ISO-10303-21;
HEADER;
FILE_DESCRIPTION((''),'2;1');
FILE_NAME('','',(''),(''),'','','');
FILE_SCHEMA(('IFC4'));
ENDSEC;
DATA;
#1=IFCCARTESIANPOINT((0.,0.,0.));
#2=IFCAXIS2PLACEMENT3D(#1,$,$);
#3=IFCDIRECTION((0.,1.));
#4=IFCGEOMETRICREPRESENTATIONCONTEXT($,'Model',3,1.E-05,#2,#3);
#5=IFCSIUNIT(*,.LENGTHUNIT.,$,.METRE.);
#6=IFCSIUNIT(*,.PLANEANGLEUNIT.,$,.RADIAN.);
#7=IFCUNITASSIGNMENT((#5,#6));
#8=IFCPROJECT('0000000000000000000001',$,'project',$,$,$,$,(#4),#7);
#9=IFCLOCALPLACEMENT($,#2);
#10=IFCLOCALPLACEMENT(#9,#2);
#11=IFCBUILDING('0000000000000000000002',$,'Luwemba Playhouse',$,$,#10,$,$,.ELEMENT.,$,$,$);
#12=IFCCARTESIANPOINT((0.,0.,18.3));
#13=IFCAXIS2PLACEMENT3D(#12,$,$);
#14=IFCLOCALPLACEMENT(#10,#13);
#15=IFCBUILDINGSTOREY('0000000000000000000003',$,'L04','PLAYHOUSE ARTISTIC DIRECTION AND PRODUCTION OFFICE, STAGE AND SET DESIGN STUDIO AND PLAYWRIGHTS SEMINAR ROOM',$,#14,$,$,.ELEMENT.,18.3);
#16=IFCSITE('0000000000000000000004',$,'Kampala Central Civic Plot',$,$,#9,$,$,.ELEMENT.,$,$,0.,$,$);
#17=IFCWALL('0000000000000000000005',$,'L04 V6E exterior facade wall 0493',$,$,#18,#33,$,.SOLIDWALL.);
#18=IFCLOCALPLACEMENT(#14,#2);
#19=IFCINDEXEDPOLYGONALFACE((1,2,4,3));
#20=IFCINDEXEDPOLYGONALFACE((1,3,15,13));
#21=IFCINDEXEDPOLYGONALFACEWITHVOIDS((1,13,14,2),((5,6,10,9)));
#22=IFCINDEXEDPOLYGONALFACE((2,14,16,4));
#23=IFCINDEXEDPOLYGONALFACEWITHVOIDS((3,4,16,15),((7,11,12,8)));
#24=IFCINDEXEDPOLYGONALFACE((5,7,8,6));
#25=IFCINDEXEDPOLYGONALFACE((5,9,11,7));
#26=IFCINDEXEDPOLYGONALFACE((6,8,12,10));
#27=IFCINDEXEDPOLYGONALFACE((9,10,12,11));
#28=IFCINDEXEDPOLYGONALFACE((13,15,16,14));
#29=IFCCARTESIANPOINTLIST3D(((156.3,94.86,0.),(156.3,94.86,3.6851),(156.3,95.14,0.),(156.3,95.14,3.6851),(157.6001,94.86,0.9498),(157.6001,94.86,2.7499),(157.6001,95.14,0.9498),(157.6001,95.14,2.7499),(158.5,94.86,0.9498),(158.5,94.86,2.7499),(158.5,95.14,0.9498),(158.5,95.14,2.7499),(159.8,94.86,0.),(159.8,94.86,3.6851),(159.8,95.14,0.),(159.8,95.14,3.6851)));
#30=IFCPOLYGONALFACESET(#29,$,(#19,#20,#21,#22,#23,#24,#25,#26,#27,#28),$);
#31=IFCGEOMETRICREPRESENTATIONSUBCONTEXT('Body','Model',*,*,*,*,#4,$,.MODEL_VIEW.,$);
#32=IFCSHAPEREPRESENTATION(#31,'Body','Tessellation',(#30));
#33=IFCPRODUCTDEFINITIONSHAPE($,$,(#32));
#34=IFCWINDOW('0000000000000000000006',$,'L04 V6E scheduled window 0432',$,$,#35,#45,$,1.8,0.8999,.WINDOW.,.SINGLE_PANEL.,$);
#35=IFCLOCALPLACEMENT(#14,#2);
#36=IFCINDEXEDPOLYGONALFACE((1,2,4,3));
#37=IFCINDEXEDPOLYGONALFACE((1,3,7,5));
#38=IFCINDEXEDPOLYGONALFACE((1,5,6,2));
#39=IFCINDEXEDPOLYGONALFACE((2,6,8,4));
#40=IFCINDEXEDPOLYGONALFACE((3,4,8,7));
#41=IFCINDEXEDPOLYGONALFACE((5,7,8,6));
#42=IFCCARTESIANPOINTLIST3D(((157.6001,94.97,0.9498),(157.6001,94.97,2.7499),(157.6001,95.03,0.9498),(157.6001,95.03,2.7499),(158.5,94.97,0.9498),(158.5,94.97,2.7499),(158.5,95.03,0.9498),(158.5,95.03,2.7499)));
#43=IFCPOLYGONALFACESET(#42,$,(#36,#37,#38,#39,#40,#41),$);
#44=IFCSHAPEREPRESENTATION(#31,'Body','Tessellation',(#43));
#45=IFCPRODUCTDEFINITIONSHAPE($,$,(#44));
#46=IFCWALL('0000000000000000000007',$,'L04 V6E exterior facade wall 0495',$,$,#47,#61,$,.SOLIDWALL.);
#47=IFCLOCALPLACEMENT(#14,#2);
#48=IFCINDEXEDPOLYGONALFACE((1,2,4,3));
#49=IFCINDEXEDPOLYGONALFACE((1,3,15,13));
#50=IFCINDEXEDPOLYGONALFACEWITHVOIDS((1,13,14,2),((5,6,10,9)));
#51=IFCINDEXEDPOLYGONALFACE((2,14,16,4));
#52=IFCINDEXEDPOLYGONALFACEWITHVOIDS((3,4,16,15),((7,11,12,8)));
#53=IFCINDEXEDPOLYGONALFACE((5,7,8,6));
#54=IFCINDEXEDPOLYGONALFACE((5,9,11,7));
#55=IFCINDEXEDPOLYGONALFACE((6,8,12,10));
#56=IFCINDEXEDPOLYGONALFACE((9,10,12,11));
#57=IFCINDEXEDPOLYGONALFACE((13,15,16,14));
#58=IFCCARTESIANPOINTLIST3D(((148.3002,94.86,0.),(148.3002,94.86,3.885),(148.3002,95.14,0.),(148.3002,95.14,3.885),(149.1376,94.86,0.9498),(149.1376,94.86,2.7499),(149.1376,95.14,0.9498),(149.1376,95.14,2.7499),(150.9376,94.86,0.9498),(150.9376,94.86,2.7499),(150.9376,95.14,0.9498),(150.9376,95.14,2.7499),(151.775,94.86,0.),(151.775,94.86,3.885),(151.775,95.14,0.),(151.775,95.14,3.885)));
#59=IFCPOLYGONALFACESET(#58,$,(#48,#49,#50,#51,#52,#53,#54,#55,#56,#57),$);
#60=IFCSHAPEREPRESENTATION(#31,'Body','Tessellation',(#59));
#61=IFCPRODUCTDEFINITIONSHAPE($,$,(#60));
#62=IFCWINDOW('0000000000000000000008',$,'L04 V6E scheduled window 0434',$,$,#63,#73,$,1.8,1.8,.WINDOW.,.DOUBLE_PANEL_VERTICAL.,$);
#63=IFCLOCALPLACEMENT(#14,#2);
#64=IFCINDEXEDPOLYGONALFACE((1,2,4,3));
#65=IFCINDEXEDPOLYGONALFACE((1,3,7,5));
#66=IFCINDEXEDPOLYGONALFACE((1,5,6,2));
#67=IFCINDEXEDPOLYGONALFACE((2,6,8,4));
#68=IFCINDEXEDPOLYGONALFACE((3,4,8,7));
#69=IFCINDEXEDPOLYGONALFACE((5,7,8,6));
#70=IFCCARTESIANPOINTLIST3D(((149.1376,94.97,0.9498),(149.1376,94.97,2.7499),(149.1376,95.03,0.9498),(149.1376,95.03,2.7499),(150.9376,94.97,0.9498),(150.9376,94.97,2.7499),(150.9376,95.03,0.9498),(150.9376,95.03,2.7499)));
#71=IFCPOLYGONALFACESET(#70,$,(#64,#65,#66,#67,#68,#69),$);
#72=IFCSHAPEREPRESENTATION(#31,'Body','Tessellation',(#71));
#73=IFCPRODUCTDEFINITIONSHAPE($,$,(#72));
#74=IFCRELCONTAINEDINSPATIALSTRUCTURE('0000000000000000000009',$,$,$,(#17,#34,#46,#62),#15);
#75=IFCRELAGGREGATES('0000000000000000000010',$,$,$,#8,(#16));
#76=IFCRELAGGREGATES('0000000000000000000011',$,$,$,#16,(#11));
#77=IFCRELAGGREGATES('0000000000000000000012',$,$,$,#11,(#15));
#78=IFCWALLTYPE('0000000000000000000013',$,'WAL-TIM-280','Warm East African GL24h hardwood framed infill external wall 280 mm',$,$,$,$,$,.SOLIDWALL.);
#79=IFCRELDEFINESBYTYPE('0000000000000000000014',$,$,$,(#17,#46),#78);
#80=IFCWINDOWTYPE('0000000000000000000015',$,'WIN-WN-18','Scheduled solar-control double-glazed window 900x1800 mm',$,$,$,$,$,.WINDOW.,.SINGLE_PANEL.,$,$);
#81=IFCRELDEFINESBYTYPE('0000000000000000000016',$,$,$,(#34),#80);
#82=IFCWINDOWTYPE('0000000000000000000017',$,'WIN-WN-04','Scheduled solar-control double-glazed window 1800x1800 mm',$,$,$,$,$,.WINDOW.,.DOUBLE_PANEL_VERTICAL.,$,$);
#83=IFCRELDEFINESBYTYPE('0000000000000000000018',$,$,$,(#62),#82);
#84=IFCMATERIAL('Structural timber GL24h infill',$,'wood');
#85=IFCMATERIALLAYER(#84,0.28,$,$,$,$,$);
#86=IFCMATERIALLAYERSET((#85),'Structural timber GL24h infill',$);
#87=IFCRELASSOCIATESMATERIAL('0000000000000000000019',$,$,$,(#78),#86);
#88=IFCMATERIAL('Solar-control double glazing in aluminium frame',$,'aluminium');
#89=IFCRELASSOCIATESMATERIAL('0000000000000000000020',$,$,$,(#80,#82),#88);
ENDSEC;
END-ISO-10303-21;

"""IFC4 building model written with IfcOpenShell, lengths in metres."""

from ifc_helpers import new_model, si_unit, direction, frame, frame_2d, origin, place, context, subcontext, project, spatial, rectangle, extrude, material, layer, layer_set, type_object, element, fill, save


model = new_model("IFC4")

# Units and contexts
model_context = context("Model", 3, precision=1e-05, world=origin(), true_north=direction((0.0, 1.0)))
body_context = subcontext(model_context, "Body", "Model", "MODEL_VIEW")
ifc_project = project(units=[si_unit("LENGTHUNIT", "METRE"), si_unit("PLANEANGLEUNIT", "RADIAN")], contexts=[model_context])

# Site, building, storey
site_placement = place(None, origin())
site = spatial("IfcSite", under=ifc_project, at=site_placement, Name="Kampala Central Civic Plot", CompositionType="ELEMENT", RefElevation=0.0)
building_placement = place(site_placement, origin())
building = spatial("IfcBuilding", under=site, at=building_placement, Name="Luwemba Playhouse", CompositionType="ELEMENT")
storey_placement = place(building_placement, frame((0.0, 0.0, 18.3)))
storey = spatial("IfcBuildingStorey", under=building, at=storey_placement, Name="L04", Description="PLAYHOUSE ARTISTIC DIRECTION AND PRODUCTION OFFICE, STAGE AND SET DESIGN STUDIO AND PLAYWRIGHTS SEMINAR ROOM", CompositionType="ELEMENT", Elevation=18.3)

# Shared definitions
ifc_material_1 = material(Name="Solar-control double glazing in aluminium frame", Category="aluminium")

# Walls, openings, windows
ifc_material_2 = material(Name="Structural timber GL24h infill", Category="wood")
ifc_layer_1 = layer(ifc_material_2, 0.28)
ifc_layer_set_1 = layer_set([ifc_layer_1], Name="Structural timber GL24h infill")
wall_type_1 = type_object("IfcWallType", Name="WAL-TIM-280", Description="Warm East African GL24h hardwood framed infill external wall 280 mm", PredefinedType="SOLIDWALL", material=ifc_layer_set_1)
wall_1_placement = place(storey_placement, frame((159.8, 95.0, 0.0), z_axis=(0.0, 0.0, 1.0), x_axis=(-1.0, 0.0, 0.0)))
wall_1 = element("IfcWall", 1, at=wall_1_placement, inside=storey, type_object=wall_type_1, Name="L04 V6E exterior facade wall 0493", PredefinedType="SOLIDWALL", context=body_context, shape_type="SweptSolid", body=[
    extrude(rectangle(XDim=3.5, YDim=0.28, at=frame_2d((1.75, 0.0))), origin(), (0.0, 0.0, 1.0), 3.6851),
])
opening_1_placement = place(wall_1_placement, frame((1.3, 0.0, 0.95)))
opening_1 = element("IfcOpeningElement", 2, at=opening_1_placement, cuts=wall_1, PredefinedType="OPENING", context=body_context, shape_type="SweptSolid", body=[
    extrude(rectangle(XDim=0.8999, YDim=1.8, at=frame_2d((0.45, 0.8999))), frame((0.0, 0.1499, 0.0), z_axis=(0.0, -1.0, 0.0), x_axis=(1.0, 0.0, 0.0)), (0.0, 0.0, 1.0), 0.3),
])
window_type_1 = type_object("IfcWindowType", Name="WIN-WN-18", Description="Scheduled solar-control double-glazed window 900x1800 mm", PartitioningType="SINGLE_PANEL", PredefinedType="WINDOW", material=ifc_material_1)
window_1_placement = place(opening_1_placement, origin())
window_1 = element("IfcWindow", 3, at=window_1_placement, inside=storey, type_object=window_type_1, Name="L04 V6E scheduled window 0432", OverallHeight=1.8, OverallWidth=0.8999, PartitioningType="SINGLE_PANEL", PredefinedType="WINDOW", context=body_context, shape_type="SweptSolid", body=[
    extrude(rectangle(XDim=0.8999, YDim=1.8, at=frame_2d((0.45, 0.8999))), frame((0.0, 0.03, 0.0), z_axis=(0.0, -1.0, 0.0), x_axis=(1.0, 0.0, 0.0)), (0.0, 0.0, 1.0), 0.0601),
])
fill(opening_1, window_1)
wall_2_placement = place(storey_placement, frame((151.7749, 95.0, 0.0), z_axis=(0.0, 0.0, 1.0), x_axis=(-1.0, 0.0, 0.0)))
wall_2 = element("IfcWall", 4, at=wall_2_placement, inside=storey, type_object=wall_type_1, Name="L04 V6E exterior facade wall 0495", PredefinedType="SOLIDWALL", context=body_context, shape_type="SweptSolid", body=[
    extrude(rectangle(XDim=3.4749, YDim=0.28, at=frame_2d((1.7373, 0.0))), origin(), (0.0, 0.0, 1.0), 3.885),
])
opening_2_placement = place(wall_2_placement, frame((0.8374, 0.0, 0.95)))
opening_2 = element("IfcOpeningElement", 5, at=opening_2_placement, cuts=wall_2, PredefinedType="OPENING", context=body_context, shape_type="SweptSolid", body=[
    extrude(rectangle(XDim=1.8, YDim=1.8, at=frame_2d((0.8999, 0.8999))), frame((0.0, 0.1499, 0.0), z_axis=(0.0, -1.0, 0.0), x_axis=(1.0, 0.0, 0.0)), (0.0, 0.0, 1.0), 0.3),
])
window_type_2 = type_object("IfcWindowType", Name="WIN-WN-04", Description="Scheduled solar-control double-glazed window 1800x1800 mm", PartitioningType="DOUBLE_PANEL_VERTICAL", PredefinedType="WINDOW", material=ifc_material_1)
window_2_placement = place(opening_2_placement, origin())
window_2 = element("IfcWindow", 6, at=window_2_placement, inside=storey, type_object=window_type_2, Name="L04 V6E scheduled window 0434", OverallHeight=1.8, OverallWidth=1.8, PartitioningType="DOUBLE_PANEL_VERTICAL", PredefinedType="WINDOW", context=body_context, shape_type="SweptSolid", body=[
    extrude(rectangle(XDim=1.8, YDim=1.8, at=frame_2d((0.8999, 0.8999))), frame((0.0, 0.03, 0.0), z_axis=(0.0, -1.0, 0.0), x_axis=(1.0, 0.0, 0.0)), (0.0, 0.0, 1.0), 0.0601),
])
fill(opening_2, window_2)

save(model, "model.ifc")
